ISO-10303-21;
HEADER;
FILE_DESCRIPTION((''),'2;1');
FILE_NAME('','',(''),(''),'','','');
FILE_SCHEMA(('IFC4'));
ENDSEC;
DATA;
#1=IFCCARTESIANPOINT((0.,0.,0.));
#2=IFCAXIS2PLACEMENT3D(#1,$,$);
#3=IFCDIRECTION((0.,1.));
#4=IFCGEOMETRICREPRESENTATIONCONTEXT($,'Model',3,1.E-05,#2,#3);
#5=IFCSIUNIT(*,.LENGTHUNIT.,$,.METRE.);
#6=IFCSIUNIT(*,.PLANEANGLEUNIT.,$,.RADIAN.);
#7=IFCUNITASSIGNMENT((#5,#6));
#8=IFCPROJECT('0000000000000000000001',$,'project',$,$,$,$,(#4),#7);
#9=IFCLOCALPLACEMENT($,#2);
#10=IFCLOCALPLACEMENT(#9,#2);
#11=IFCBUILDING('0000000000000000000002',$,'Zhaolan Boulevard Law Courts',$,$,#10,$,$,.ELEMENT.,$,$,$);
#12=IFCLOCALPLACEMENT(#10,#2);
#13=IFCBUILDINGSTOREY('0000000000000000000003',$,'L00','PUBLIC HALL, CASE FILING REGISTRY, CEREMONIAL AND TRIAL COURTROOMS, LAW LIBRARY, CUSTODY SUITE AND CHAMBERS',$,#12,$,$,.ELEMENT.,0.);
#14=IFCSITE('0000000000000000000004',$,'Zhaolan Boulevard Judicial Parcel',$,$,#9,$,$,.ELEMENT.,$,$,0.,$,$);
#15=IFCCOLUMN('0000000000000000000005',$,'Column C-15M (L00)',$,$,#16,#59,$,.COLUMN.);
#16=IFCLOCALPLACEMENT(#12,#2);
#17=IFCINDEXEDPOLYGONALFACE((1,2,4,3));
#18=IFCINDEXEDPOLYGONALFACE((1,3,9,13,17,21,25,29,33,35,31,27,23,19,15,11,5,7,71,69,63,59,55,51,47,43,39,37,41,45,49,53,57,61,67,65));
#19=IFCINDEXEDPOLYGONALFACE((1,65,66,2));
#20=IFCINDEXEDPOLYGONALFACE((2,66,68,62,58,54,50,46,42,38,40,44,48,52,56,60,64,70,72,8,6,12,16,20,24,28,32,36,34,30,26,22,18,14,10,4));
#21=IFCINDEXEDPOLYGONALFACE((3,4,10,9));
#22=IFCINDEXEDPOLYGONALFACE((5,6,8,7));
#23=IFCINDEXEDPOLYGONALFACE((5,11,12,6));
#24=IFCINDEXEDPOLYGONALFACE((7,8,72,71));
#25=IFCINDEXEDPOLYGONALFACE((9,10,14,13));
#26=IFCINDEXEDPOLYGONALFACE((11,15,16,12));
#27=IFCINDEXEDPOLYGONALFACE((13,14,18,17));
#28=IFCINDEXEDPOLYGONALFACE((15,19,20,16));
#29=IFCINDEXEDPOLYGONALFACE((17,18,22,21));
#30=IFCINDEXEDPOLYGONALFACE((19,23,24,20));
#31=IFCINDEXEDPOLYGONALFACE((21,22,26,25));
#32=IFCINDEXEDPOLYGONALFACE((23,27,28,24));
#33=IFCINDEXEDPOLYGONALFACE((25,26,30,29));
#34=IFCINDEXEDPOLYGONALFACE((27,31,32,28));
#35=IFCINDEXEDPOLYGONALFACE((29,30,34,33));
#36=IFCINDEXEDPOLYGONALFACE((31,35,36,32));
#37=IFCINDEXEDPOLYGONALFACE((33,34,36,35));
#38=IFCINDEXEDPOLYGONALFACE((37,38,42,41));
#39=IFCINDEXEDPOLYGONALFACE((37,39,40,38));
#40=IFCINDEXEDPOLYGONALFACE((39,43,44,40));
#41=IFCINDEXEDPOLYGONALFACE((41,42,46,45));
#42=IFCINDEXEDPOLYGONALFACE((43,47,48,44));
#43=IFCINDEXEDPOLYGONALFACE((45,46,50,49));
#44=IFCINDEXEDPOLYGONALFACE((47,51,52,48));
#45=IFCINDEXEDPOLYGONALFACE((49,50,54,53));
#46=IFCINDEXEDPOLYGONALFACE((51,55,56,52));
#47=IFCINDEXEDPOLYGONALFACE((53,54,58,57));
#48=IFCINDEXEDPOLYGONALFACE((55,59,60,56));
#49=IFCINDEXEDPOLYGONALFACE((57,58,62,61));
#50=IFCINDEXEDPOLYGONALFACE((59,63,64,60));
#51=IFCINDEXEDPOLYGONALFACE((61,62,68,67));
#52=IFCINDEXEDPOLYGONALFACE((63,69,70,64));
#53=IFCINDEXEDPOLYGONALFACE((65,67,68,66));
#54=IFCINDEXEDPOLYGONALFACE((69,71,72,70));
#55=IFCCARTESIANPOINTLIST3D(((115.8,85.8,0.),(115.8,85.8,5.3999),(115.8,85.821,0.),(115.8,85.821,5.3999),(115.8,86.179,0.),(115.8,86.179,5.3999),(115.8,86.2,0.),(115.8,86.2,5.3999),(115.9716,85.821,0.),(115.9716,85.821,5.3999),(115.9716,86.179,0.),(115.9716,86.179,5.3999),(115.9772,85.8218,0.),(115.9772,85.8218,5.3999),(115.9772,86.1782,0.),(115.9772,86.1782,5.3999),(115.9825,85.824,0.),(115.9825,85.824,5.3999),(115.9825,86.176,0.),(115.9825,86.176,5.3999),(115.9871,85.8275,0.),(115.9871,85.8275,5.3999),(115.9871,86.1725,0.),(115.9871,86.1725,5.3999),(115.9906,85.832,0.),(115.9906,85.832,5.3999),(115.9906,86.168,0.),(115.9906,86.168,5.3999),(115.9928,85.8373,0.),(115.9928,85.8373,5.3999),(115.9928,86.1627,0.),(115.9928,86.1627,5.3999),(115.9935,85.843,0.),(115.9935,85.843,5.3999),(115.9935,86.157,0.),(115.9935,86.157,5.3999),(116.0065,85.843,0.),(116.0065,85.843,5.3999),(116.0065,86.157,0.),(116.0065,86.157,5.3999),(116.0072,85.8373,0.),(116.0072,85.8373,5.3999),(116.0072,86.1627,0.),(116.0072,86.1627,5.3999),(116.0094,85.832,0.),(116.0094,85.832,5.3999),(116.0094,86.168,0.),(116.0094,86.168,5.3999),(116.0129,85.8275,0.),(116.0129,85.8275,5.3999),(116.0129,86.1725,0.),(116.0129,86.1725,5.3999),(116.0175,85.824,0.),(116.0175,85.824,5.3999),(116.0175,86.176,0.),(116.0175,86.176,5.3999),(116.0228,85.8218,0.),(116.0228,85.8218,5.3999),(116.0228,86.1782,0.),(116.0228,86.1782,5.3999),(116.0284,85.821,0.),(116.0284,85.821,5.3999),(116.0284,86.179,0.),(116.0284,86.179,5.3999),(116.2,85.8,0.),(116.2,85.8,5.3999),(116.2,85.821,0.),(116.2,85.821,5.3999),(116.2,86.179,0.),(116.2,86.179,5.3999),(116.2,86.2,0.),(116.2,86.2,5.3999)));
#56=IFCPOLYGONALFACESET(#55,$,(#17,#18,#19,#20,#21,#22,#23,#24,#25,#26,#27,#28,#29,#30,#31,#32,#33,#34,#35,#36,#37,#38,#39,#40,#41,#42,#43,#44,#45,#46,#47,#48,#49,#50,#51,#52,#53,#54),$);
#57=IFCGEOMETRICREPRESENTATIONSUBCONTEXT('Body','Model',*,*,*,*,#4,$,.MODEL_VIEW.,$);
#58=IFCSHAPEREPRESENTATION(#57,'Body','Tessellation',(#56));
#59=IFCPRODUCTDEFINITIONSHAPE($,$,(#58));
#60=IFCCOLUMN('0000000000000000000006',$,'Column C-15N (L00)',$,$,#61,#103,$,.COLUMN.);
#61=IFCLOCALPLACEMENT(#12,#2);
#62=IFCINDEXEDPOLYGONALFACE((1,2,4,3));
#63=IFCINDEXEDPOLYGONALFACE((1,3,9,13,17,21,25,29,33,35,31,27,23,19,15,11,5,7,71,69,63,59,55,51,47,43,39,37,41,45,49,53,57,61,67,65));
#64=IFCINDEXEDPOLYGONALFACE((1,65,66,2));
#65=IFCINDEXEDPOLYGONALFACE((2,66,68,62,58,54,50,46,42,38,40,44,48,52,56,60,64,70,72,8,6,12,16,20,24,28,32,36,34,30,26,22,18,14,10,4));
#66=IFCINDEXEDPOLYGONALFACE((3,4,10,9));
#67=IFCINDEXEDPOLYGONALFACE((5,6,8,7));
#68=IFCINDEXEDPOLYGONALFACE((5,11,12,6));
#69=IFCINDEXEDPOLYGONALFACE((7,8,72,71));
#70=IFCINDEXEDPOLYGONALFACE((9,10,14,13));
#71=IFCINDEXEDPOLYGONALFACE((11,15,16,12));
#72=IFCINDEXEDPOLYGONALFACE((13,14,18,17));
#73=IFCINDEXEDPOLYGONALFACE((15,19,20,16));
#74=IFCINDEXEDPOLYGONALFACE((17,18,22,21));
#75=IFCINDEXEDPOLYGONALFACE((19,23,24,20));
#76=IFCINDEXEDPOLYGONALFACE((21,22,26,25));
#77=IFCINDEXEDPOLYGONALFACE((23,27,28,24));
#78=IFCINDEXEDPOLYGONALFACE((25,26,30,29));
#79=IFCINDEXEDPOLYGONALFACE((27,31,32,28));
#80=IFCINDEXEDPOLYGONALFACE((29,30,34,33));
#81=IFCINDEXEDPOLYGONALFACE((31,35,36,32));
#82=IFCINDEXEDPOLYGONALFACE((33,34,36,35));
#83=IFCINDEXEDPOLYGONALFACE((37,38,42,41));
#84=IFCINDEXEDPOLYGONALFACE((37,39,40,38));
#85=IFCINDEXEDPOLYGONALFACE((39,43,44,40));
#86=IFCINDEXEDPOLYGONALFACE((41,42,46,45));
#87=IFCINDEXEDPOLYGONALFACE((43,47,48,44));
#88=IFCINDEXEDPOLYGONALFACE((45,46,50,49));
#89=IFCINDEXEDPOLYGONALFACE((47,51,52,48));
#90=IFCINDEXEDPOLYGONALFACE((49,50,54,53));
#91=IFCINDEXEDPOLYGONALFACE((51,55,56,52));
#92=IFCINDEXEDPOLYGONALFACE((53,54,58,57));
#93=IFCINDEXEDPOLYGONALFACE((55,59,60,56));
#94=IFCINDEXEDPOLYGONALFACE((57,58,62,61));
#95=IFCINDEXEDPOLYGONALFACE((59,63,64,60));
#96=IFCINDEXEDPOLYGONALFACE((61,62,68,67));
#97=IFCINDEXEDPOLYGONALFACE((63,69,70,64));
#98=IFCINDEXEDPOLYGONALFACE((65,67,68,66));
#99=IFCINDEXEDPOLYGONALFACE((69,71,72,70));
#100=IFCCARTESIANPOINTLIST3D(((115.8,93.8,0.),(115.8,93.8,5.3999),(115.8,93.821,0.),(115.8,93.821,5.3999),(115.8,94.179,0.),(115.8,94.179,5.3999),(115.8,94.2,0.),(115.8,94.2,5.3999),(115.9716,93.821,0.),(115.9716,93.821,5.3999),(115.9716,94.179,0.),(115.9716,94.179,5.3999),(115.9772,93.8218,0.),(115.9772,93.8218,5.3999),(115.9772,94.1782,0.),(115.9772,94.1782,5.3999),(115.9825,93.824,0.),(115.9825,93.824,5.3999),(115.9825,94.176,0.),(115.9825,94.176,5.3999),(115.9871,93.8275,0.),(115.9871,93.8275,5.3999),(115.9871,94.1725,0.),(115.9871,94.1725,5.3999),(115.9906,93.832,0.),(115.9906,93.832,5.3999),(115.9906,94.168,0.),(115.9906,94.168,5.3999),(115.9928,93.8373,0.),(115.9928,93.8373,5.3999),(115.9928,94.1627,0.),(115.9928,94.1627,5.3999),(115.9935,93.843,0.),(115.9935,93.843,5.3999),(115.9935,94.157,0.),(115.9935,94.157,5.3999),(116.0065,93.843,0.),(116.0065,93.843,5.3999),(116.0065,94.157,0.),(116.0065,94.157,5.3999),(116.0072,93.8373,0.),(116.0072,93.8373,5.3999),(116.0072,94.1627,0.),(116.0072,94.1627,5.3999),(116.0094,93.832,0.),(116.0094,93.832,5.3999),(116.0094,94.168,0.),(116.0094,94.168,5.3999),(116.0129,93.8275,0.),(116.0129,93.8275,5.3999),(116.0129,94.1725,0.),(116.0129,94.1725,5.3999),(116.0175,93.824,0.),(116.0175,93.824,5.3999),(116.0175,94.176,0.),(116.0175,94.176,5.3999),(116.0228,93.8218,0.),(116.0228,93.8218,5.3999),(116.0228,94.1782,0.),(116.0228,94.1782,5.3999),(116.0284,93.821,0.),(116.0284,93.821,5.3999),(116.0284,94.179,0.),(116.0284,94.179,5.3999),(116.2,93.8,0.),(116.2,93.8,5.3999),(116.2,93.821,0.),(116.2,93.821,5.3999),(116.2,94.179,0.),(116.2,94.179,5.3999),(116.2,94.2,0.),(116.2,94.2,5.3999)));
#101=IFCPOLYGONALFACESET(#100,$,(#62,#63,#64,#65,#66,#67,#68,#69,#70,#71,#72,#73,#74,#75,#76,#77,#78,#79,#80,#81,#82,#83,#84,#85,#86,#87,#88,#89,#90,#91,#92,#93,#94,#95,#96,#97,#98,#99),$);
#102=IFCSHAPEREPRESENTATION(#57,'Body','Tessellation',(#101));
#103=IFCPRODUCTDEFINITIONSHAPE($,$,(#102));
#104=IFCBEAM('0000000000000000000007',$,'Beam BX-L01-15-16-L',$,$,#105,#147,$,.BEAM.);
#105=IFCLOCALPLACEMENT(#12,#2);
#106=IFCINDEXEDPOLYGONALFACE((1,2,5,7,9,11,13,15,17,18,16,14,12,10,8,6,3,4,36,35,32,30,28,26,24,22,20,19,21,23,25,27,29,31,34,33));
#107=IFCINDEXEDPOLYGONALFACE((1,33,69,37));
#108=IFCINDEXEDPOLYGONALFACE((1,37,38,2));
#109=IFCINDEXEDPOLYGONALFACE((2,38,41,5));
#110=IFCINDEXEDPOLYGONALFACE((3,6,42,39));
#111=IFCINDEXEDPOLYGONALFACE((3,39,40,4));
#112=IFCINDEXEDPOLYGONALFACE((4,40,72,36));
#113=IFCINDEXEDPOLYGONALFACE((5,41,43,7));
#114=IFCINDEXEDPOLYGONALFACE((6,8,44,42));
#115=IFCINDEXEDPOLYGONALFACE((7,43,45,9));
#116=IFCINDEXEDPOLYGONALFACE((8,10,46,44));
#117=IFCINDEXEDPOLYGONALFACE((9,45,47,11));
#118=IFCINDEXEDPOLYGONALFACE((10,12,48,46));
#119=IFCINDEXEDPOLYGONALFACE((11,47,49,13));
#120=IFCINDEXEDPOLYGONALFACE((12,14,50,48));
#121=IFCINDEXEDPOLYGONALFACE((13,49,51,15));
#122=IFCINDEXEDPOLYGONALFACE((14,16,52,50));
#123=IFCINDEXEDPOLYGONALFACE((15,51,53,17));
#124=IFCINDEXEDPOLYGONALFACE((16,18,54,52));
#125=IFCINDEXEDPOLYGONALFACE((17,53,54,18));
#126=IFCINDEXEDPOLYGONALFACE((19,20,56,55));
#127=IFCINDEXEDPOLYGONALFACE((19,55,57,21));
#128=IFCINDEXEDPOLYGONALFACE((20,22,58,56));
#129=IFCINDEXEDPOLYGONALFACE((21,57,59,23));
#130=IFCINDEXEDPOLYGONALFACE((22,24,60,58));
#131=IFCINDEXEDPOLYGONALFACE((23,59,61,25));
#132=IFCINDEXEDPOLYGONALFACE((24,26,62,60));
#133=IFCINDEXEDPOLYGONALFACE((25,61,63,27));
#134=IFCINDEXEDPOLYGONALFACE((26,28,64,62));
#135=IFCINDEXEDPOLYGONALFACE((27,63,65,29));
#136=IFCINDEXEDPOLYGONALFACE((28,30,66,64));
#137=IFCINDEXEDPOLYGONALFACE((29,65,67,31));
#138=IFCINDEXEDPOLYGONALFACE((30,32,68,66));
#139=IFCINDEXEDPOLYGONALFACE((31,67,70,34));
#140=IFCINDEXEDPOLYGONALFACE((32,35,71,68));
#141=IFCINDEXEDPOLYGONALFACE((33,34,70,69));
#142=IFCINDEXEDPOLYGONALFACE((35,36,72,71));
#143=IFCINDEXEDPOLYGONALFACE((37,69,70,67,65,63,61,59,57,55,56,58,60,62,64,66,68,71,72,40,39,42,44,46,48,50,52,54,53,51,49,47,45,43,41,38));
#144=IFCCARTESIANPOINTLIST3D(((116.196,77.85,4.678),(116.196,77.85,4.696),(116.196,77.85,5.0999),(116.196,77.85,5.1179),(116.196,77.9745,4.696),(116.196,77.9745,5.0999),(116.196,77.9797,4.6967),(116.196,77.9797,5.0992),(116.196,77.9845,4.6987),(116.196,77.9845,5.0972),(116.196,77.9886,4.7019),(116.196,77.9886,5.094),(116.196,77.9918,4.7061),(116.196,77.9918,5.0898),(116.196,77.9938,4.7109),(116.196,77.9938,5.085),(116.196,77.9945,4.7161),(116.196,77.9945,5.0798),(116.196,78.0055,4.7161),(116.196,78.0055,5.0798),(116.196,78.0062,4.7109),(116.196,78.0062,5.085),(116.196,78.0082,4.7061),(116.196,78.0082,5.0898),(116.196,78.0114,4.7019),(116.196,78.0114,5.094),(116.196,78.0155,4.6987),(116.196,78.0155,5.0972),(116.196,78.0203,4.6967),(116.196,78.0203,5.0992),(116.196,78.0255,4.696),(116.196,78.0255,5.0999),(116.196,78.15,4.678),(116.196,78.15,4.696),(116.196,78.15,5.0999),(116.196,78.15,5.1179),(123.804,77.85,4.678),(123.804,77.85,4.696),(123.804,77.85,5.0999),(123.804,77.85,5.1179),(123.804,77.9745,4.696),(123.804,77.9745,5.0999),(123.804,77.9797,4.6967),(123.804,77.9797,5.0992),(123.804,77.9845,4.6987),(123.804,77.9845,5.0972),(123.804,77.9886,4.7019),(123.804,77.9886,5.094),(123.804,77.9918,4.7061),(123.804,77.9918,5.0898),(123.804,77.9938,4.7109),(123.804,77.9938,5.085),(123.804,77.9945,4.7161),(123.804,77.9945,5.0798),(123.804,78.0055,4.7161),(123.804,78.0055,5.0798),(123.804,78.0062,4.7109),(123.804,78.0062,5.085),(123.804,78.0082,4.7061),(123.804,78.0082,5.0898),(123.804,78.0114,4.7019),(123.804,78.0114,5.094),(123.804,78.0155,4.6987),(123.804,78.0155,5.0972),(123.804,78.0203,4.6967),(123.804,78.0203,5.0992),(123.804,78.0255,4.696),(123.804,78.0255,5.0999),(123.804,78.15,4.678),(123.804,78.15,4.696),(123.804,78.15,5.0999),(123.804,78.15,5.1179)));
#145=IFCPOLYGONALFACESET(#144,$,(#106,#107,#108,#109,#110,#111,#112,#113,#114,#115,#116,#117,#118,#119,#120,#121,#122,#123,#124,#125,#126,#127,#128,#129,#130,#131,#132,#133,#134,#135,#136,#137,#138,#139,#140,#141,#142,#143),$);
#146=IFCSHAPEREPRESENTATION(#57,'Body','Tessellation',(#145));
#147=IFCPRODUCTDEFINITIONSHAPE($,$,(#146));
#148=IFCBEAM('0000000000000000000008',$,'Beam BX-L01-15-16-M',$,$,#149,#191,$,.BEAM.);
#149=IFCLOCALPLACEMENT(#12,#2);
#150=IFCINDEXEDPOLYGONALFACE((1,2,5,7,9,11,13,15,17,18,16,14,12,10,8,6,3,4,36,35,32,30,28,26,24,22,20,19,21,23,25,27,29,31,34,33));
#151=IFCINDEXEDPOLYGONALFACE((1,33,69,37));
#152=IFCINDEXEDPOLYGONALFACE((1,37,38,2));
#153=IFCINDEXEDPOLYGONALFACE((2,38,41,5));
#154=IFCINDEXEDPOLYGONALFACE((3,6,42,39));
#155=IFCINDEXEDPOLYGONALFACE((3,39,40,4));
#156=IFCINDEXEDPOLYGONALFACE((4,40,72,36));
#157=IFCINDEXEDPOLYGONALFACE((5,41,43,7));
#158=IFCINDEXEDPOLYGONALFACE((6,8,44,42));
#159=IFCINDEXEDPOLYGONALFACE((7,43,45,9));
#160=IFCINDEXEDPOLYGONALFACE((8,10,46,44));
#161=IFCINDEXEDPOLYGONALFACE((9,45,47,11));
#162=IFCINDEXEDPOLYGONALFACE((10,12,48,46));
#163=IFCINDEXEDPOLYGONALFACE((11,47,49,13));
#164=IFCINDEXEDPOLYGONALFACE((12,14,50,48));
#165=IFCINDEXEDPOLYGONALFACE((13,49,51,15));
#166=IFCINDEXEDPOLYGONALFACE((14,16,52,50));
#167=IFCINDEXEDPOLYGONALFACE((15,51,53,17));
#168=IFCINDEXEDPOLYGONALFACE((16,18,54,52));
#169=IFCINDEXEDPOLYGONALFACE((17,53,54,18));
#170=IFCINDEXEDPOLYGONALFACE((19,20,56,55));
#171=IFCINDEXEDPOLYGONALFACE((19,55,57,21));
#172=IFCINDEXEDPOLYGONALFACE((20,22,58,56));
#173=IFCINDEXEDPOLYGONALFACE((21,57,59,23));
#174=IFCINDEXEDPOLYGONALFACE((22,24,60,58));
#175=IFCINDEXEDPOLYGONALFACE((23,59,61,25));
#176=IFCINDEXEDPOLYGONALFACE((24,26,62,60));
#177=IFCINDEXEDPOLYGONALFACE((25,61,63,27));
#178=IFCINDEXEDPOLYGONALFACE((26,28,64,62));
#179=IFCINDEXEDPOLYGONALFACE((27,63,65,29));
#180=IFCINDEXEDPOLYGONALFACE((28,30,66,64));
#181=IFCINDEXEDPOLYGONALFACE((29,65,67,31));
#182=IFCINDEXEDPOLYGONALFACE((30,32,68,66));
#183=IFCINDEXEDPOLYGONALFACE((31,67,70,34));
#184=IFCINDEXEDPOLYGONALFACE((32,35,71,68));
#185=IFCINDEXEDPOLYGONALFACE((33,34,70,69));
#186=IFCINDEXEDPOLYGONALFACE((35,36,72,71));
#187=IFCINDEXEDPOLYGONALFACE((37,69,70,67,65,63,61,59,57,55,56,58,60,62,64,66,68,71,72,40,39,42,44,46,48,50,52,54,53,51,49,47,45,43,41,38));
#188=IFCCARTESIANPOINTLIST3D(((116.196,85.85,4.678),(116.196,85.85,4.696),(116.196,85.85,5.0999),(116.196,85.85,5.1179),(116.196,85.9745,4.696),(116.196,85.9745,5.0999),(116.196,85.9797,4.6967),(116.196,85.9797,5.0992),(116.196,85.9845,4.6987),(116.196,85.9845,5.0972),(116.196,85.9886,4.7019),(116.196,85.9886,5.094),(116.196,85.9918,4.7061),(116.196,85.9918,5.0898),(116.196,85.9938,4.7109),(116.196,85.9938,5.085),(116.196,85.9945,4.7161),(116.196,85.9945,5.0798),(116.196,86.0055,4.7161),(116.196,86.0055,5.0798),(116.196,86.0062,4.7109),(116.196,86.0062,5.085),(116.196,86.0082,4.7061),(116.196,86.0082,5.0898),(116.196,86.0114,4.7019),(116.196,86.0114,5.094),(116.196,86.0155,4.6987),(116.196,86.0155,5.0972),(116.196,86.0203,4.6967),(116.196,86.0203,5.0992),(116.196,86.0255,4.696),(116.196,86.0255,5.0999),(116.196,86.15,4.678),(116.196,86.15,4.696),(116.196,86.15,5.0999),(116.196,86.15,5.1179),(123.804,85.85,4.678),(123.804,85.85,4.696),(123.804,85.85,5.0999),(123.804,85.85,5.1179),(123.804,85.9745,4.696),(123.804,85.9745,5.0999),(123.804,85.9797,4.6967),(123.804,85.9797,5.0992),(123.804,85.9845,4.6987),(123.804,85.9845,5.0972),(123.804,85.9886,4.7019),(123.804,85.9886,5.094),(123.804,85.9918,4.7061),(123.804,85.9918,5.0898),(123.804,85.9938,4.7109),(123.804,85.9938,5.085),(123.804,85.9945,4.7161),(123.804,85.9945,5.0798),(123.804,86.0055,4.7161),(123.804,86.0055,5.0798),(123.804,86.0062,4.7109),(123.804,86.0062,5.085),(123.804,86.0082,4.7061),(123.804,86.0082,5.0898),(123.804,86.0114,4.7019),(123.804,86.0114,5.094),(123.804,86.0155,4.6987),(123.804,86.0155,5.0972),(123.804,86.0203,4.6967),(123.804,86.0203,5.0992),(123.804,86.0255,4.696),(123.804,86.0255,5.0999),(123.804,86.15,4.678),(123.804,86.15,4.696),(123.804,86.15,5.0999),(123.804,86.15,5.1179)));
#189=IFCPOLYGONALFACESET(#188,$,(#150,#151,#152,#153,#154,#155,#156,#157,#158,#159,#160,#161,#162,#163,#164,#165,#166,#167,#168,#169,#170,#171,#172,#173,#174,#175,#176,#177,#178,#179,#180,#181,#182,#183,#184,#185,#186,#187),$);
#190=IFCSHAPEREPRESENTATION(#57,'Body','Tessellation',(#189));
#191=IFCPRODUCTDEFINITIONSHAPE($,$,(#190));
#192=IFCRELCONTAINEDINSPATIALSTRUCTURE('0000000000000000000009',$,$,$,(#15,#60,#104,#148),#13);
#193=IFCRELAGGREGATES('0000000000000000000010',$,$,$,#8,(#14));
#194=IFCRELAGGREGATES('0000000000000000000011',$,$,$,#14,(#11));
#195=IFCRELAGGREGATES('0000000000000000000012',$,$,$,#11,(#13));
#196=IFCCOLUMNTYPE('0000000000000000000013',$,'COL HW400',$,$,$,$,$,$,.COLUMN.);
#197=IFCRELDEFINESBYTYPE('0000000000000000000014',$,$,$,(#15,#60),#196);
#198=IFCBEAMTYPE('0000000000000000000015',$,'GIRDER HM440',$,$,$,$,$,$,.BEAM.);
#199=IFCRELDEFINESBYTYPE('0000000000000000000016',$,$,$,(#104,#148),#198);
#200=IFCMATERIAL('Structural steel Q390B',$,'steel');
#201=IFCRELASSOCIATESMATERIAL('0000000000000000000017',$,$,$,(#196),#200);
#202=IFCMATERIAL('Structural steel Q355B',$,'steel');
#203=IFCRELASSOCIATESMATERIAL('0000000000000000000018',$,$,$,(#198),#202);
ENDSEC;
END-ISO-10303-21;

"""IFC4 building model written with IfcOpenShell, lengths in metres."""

from ifc_helpers import new_model, si_unit, direction, frame, origin, origin_2d, place, context, subcontext, project, spatial, i_section, extrude, material, material_profile, profile_set, type_object, element, save


model = new_model("IFC4")

# Units and contexts
model_context = context("Model", 3, precision=1e-05, world=origin(), true_north=direction((0.0, 1.0)))
body_context = subcontext(model_context, "Body", "Model", "MODEL_VIEW")
ifc_project = project(units=[si_unit("LENGTHUNIT", "METRE"), si_unit("PLANEANGLEUNIT", "RADIAN")], contexts=[model_context])

# Site, building, storey
site_placement = place(None, origin())
site = spatial("IfcSite", under=ifc_project, at=site_placement, Name="Zhaolan Boulevard Judicial Parcel", CompositionType="ELEMENT", RefElevation=0.0)
building_placement = place(site_placement, origin())
building = spatial("IfcBuilding", under=site, at=building_placement, Name="Zhaolan Boulevard Law Courts", CompositionType="ELEMENT")
storey_placement = place(building_placement, origin())
storey = spatial("IfcBuildingStorey", under=building, at=storey_placement, Name="L00", Description="PUBLIC HALL, CASE FILING REGISTRY, CEREMONIAL AND TRIAL COURTROOMS, LAW LIBRARY, CUSTODY SUITE AND CHAMBERS", CompositionType="ELEMENT", Elevation=0.0)

# Columns
ifc_material_1 = material(Name="Structural steel Q390B", Category="steel")
ifc_material_profile_1 = material_profile(ifc_material_1, i_section(OverallWidth=0.3999, OverallDepth=0.3999, WebThickness=0.0129, FlangeThickness=0.021, FilletRadius=0.022, at=origin_2d()), Name="HW400x400")
ifc_profile_set_1 = profile_set([ifc_material_profile_1], Name="Structural steel Q390B")
column_type = type_object("IfcColumnType", Name="COL HW400", PredefinedType="COLUMN", material=ifc_profile_set_1)
for number, where, z_axis, x_axis, name in (
    (1, (116.0, 86.0, 0.0), (0.0, 0.0, 1.0), (1.0, 0.0, 0.0), "Column C-15M (L00)"),
    (2, (116.0, 94.0, 0.0), (0.0, 0.0, 1.0), (1.0, 0.0, 0.0), "Column C-15N (L00)"),
):
    element("IfcColumn", number, at=place(storey_placement, frame(where, z_axis=z_axis, x_axis=x_axis)), inside=storey, type_object=column_type, Name=name, PredefinedType="COLUMN", context=body_context, shape_type="SweptSolid", body=[
        extrude(i_section(OverallWidth=0.3999, OverallDepth=0.3999, WebThickness=0.0129, FlangeThickness=0.021, FilletRadius=0.022, at=origin_2d()), origin(), (0.0, 0.0, 1.0), 5.3999),
    ])

# Beams
ifc_material_2 = material(Name="Structural steel Q355B", Category="steel")
ifc_material_profile_2 = material_profile(ifc_material_2, i_section(OverallWidth=0.3, OverallDepth=0.4399, WebThickness=0.011, FlangeThickness=0.0181, FilletRadius=0.02, at=origin_2d()), Name="HM440x300")
ifc_profile_set_2 = profile_set([ifc_material_profile_2], Name="Structural steel Q355B")
beam_type_1 = type_object("IfcBeamType", Name="GIRDER HM440", PredefinedType="BEAM", material=ifc_profile_set_2)
for number, where, z_axis, x_axis, name in (
    (3, (116.196, 78.0, 4.8979), (1.0, 0.0, 0.0), (0.0, 1.0, 0.0), "Beam BX-L01-15-16-L"),
    (4, (116.196, 86.0, 4.8979), (1.0, 0.0, 0.0), (0.0, 1.0, 0.0), "Beam BX-L01-15-16-M"),
):
    element("IfcBeam", number, at=place(storey_placement, frame(where, z_axis=z_axis, x_axis=x_axis)), inside=storey, type_object=beam_type_1, Name=name, PredefinedType="BEAM", context=body_context, shape_type="SweptSolid", body=[
        extrude(i_section(OverallWidth=0.3, OverallDepth=0.4399, WebThickness=0.011, FlangeThickness=0.0181, FilletRadius=0.02, at=origin_2d()), origin(), (0.0, 0.0, 1.0), 7.6079),
    ])

save(model, "model.ifc")
